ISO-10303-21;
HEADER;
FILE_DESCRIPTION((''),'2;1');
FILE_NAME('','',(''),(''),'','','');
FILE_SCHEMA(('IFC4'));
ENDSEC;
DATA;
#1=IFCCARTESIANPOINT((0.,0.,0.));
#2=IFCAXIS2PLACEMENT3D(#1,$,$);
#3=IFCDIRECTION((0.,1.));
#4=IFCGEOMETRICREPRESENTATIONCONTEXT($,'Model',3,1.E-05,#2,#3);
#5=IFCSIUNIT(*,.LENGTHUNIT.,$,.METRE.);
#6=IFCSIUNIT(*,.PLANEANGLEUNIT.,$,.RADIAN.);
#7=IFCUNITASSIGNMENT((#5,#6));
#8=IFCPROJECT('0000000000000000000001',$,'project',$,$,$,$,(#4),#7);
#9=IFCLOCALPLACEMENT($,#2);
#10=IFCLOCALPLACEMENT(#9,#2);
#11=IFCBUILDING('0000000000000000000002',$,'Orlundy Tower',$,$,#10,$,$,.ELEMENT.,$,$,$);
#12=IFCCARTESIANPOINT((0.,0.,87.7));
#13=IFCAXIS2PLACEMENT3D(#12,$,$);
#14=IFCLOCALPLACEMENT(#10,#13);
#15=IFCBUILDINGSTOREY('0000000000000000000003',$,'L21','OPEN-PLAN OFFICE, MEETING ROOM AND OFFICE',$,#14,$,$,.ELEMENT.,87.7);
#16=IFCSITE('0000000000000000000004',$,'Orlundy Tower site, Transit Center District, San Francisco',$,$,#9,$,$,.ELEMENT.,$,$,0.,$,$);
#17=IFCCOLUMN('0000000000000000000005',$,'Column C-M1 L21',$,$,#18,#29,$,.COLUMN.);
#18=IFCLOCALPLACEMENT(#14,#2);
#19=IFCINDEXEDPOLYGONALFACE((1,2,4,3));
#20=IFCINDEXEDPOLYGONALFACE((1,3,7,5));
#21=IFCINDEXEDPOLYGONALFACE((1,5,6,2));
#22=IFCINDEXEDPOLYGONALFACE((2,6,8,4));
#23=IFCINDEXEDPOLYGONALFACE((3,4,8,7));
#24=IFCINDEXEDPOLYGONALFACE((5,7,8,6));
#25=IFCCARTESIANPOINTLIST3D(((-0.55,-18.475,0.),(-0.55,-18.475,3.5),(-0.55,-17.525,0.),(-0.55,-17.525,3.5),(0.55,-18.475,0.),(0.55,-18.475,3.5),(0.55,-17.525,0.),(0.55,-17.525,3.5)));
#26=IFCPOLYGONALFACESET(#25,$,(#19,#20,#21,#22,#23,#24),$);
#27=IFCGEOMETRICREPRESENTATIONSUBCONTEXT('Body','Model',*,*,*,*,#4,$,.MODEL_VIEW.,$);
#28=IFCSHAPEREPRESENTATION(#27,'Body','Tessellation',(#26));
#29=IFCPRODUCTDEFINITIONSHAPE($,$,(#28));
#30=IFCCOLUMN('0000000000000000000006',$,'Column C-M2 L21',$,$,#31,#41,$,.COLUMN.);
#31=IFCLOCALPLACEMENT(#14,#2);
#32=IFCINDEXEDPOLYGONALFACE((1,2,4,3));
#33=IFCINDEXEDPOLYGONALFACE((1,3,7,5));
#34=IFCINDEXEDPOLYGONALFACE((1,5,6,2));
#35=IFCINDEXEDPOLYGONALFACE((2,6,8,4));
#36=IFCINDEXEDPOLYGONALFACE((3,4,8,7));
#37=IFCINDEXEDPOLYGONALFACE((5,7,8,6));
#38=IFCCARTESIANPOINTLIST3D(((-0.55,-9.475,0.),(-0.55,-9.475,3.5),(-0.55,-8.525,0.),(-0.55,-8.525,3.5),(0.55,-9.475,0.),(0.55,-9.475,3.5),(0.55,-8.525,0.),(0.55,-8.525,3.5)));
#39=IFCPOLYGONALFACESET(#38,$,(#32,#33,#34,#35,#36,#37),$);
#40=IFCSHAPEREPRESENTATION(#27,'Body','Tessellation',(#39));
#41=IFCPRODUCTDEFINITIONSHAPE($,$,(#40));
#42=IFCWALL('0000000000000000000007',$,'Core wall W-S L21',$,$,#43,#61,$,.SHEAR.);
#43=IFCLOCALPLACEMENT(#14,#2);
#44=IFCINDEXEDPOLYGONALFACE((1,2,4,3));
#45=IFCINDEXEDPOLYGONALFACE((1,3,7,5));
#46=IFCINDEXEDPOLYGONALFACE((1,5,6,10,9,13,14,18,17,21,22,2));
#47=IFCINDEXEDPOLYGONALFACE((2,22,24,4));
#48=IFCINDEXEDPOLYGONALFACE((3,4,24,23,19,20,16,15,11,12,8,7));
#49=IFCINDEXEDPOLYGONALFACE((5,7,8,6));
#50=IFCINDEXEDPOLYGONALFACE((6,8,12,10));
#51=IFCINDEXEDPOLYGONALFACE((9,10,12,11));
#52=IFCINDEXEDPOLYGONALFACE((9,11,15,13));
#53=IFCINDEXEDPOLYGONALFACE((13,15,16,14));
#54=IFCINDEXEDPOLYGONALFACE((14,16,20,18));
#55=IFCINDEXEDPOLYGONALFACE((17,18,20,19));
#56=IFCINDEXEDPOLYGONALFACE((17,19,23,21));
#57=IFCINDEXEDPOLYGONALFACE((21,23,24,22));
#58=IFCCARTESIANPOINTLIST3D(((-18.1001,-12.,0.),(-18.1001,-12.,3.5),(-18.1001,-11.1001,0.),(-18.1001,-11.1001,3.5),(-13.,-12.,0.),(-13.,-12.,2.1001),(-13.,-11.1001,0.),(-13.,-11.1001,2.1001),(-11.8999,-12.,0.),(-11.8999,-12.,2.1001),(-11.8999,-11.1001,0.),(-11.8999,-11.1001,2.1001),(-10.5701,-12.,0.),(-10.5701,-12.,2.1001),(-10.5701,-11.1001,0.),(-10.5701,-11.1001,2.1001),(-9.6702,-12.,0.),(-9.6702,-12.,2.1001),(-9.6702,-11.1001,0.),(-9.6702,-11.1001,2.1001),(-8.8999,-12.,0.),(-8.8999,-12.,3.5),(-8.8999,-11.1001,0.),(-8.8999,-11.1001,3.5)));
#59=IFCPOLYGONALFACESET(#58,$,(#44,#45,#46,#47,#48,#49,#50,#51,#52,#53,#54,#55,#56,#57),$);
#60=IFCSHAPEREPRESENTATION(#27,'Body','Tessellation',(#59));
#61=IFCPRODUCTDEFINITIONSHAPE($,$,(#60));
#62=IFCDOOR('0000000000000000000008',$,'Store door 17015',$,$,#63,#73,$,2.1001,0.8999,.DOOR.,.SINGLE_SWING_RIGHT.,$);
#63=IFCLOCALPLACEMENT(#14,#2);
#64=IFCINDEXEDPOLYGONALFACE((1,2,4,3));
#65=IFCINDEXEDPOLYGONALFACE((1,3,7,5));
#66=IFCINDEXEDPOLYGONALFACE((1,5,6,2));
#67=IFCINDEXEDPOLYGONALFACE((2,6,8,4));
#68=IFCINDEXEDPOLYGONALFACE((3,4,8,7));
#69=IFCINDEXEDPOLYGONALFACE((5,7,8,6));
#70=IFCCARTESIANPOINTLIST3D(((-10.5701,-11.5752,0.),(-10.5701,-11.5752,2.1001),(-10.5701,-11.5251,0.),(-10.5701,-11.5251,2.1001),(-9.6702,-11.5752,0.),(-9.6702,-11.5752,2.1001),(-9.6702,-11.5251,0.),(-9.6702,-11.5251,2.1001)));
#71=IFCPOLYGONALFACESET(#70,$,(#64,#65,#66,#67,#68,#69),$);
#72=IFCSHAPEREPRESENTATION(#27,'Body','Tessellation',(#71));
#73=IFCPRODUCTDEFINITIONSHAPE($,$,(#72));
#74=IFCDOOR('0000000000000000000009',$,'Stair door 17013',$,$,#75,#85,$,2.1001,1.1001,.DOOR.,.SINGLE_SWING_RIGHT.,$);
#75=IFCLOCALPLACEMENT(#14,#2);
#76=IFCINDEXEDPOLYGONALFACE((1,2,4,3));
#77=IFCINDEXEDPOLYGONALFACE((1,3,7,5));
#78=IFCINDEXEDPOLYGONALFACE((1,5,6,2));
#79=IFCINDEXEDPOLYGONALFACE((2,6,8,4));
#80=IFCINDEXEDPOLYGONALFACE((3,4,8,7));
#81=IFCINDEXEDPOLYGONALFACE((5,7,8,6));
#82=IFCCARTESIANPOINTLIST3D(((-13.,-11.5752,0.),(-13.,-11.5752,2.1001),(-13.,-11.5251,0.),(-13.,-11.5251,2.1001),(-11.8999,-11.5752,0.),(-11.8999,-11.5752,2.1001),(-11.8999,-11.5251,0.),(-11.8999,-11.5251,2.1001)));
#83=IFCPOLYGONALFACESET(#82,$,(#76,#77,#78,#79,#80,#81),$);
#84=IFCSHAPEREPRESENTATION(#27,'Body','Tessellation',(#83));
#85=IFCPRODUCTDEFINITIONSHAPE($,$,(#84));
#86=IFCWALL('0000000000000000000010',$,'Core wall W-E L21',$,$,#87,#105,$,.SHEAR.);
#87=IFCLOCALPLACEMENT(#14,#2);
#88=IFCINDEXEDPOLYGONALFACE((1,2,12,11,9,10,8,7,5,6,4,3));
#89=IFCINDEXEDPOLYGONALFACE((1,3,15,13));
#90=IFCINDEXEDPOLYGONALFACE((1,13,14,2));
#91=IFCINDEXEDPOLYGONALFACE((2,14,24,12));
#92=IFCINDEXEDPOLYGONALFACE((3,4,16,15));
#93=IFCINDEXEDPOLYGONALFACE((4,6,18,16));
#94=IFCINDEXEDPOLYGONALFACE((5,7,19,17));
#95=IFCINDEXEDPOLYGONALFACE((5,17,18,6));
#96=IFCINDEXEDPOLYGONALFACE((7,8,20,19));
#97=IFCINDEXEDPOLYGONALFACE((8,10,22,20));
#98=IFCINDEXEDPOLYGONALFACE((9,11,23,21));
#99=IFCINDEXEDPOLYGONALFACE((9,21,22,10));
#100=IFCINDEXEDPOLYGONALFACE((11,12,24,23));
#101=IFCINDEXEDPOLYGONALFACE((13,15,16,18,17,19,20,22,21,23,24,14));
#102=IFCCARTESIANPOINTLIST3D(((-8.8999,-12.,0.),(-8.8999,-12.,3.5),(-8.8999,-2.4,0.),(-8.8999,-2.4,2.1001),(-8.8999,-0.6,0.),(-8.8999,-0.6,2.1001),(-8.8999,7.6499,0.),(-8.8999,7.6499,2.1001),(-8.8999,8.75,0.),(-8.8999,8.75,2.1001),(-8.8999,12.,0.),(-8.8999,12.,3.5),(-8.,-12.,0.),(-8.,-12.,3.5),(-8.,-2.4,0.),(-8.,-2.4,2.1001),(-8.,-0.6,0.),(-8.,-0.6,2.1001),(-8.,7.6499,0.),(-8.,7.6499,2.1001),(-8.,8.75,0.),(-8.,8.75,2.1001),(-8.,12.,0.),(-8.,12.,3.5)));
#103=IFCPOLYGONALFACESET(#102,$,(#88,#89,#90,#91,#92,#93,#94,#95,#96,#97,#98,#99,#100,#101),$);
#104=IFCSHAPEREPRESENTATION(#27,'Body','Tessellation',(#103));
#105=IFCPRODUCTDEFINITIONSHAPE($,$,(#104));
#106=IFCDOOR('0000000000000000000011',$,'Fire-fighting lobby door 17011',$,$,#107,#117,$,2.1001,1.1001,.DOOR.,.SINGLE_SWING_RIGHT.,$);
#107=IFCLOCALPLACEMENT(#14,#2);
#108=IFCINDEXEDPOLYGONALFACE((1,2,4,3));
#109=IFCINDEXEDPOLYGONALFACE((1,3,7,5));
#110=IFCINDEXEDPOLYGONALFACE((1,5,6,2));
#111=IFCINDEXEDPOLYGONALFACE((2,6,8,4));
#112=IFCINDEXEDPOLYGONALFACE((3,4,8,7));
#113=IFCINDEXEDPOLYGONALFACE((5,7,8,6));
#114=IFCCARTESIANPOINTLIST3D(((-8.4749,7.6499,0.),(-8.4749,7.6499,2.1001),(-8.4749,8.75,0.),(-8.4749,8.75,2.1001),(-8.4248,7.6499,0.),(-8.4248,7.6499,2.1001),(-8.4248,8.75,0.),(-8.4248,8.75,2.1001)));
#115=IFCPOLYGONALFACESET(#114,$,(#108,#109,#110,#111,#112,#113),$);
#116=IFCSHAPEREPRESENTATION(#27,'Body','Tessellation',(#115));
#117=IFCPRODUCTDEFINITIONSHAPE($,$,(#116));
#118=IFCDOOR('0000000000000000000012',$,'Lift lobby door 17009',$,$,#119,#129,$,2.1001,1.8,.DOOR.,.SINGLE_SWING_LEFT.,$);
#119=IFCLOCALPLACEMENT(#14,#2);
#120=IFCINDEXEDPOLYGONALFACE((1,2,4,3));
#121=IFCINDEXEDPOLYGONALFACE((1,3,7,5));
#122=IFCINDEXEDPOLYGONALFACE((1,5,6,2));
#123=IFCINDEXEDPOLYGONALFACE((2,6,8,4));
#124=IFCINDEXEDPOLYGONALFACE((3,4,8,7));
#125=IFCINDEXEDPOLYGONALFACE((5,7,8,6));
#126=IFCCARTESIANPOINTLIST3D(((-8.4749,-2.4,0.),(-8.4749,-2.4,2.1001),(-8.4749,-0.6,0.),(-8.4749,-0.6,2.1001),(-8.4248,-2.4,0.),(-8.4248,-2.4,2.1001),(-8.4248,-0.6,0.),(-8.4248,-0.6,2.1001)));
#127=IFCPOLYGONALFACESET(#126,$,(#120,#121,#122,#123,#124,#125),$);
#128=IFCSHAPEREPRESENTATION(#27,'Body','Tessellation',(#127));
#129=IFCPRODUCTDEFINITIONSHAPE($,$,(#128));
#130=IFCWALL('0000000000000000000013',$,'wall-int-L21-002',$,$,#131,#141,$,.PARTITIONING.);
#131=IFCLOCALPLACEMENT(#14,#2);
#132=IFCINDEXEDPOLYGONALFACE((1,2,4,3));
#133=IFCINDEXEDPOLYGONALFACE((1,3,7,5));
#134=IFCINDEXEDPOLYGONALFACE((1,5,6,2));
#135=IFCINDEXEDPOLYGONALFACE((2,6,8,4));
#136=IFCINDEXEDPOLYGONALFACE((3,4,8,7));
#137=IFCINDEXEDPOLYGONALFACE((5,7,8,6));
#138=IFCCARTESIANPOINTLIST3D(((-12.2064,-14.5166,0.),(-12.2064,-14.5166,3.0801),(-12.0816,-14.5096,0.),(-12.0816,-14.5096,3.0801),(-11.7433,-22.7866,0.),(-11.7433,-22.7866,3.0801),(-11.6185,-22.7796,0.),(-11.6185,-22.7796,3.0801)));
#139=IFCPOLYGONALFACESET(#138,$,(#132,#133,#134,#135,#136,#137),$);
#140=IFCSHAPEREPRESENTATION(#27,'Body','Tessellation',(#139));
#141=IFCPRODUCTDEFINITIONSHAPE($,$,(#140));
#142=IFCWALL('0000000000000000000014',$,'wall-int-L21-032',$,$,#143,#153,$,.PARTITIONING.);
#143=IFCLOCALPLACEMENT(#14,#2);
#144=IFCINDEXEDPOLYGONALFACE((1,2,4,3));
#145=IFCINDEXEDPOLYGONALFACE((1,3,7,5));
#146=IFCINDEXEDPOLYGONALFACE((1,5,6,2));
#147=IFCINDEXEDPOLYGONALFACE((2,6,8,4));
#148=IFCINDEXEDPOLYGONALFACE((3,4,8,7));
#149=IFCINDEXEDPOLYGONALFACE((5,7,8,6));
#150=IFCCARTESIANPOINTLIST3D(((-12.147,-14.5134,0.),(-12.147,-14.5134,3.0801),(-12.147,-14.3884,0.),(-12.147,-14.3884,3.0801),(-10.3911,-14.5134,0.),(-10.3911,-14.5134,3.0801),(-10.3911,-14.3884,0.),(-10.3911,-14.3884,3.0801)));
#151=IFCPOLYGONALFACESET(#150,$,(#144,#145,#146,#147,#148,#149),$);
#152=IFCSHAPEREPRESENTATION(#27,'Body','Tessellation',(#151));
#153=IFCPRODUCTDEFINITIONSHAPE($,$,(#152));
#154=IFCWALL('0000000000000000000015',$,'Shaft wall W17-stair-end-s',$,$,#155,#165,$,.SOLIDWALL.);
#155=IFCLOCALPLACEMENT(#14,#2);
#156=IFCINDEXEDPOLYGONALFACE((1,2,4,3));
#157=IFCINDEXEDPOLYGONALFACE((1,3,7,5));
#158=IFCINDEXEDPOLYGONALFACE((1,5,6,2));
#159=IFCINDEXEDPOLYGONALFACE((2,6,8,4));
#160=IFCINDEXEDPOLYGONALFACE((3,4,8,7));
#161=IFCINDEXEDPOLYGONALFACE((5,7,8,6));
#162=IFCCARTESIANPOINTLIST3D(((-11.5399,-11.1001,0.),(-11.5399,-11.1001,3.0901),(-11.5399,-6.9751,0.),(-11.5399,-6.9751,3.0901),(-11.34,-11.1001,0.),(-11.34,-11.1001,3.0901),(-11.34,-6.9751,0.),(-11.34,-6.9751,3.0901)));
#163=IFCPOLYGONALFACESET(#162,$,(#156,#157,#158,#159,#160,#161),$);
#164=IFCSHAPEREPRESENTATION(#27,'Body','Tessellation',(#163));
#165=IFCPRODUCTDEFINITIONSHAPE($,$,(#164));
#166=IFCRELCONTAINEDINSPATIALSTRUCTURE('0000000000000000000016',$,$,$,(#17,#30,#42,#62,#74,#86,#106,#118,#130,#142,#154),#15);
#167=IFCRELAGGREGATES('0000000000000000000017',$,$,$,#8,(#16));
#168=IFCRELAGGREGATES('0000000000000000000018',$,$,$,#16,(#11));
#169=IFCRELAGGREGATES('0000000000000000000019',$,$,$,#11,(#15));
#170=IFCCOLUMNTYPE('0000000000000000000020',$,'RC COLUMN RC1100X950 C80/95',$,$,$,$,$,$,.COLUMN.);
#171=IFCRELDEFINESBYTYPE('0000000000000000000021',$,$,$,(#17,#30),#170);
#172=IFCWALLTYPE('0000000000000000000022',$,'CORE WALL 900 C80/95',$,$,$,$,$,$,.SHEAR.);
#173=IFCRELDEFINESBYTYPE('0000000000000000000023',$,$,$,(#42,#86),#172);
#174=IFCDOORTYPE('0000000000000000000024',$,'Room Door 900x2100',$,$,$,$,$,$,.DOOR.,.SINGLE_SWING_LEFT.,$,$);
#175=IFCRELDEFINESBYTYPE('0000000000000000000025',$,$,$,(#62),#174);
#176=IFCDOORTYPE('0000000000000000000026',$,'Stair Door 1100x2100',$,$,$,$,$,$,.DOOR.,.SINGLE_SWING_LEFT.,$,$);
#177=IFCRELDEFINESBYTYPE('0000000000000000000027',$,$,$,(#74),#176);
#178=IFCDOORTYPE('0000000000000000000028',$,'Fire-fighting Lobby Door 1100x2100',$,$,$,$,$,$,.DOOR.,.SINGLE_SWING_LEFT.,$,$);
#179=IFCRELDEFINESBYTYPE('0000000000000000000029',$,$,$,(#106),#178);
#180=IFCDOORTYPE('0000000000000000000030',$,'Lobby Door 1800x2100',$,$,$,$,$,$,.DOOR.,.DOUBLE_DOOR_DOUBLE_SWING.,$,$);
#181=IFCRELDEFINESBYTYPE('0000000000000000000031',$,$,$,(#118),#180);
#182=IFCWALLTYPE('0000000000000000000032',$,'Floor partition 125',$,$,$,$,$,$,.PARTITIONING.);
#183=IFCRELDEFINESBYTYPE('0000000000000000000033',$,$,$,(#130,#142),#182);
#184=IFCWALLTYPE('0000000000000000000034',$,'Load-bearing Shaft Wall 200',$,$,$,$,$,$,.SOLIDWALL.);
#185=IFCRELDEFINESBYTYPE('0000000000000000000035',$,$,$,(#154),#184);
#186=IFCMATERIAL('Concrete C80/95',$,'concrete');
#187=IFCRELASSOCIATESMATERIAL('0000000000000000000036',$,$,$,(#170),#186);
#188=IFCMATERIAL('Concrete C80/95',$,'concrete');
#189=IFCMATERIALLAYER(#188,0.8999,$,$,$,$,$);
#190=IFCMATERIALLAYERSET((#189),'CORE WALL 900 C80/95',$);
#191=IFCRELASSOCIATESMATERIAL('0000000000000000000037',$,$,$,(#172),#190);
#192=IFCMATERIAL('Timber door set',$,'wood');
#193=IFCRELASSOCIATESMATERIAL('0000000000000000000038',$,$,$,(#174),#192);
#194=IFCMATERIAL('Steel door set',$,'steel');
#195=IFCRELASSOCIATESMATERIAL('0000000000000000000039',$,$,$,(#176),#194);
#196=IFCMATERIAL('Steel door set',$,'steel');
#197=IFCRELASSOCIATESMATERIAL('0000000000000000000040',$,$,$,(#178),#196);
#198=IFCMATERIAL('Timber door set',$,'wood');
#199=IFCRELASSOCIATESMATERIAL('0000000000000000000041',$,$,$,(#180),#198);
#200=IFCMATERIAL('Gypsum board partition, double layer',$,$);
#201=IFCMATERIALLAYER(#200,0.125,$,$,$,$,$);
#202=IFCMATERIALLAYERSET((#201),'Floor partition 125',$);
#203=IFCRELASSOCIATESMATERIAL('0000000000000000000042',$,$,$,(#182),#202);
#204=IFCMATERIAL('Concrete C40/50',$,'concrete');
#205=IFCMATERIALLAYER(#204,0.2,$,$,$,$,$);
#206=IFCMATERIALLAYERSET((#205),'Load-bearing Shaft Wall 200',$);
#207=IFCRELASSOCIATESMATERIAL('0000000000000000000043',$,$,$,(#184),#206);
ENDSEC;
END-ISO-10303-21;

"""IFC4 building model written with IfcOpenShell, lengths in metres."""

from ifc_helpers import new_model, si_unit, direction, frame, frame_2d, origin, origin_2d, place, context, subcontext, project, spatial, rectangle, extrude, material, layer, layer_set, material_profile, profile_set, type_object, element, fill, save


model = new_model("IFC4")

# Units and contexts
model_context = context("Model", 3, precision=1e-05, world=origin(), true_north=direction((0.0, 1.0)))
body_context = subcontext(model_context, "Body", "Model", "MODEL_VIEW")
ifc_project = project(units=[si_unit("LENGTHUNIT", "METRE"), si_unit("PLANEANGLEUNIT", "RADIAN")], contexts=[model_context])

# Site, building, storey
site_placement = place(None, origin())
site = spatial("IfcSite", under=ifc_project, at=site_placement, Name="Orlundy Tower site, Transit Center District, San Francisco", CompositionType="ELEMENT", RefElevation=0.0)
building_placement = place(site_placement, origin())
building = spatial("IfcBuilding", under=site, at=building_placement, Name="Orlundy Tower", CompositionType="ELEMENT")
storey_placement = place(building_placement, frame((0.0, 0.0, 87.7)))
storey = spatial("IfcBuildingStorey", under=building, at=storey_placement, Name="L21", Description="OPEN-PLAN OFFICE, MEETING ROOM AND OFFICE", CompositionType="ELEMENT", Elevation=87.7)

# Columns
ifc_material_1 = material(Name="Concrete C80/95", Category="concrete")
ifc_material_profile = material_profile(ifc_material_1, rectangle(XDim=1.1001, YDim=0.95, at=origin_2d()), Name="RC1100X950")
ifc_profile_set = profile_set([ifc_material_profile], Name="Concrete C80/95")
column_type = type_object("IfcColumnType", Name="RC COLUMN RC1100X950 C80/95", PredefinedType="COLUMN", material=ifc_profile_set)
for number, where, z_axis, x_axis, name in (
    (1, (0.0, -18.0, 0.0), (0.0, 0.0, 1.0), (1.0, 0.0, 0.0), "Column C-M1 L21"),
    (2, (0.0, -9.0, 0.0), (0.0, 0.0, 1.0), (1.0, 0.0, 0.0), "Column C-M2 L21"),
):
    element("IfcColumn", number, at=place(storey_placement, frame(where, z_axis=z_axis, x_axis=x_axis)), inside=storey, type_object=column_type, Name=name, PredefinedType="COLUMN", context=body_context, shape_type="SweptSolid", body=[
        extrude(rectangle(XDim=1.1001, YDim=0.95, at=origin_2d()), origin(), (0.0, 0.0, 1.0), 3.5),
    ])

# Walls, openings, doors
ifc_material_2 = material(Name="Concrete C80/95", Category="concrete")
ifc_layer_1 = layer(ifc_material_2, 0.8999)
ifc_layer_set_1 = layer_set([ifc_layer_1], Name="CORE WALL 900 C80/95")
wall_type_1 = type_object("IfcWallType", Name="CORE WALL 900 C80/95", PredefinedType="SHEAR", material=ifc_layer_set_1)
wall_1_placement = place(storey_placement, frame((-18.1001, -11.55, 0.0), z_axis=(0.0, 0.0, 1.0), x_axis=(1.0, 0.0, 0.0)))
wall_1 = element("IfcWall", 3, at=wall_1_placement, inside=storey, type_object=wall_type_1, Name="Core wall W-S L21", PredefinedType="SHEAR", context=body_context, shape_type="SweptSolid", body=[
    extrude(rectangle(XDim=9.2002, YDim=0.8999, at=frame_2d((4.6001, 0.0))), origin(), (0.0, 0.0, 1.0), 3.5),
])
opening_1_placement = place(wall_1_placement, frame((5.1001, 0.0, 0.0)))
opening_1 = element("IfcOpeningElement", 4, at=opening_1_placement, cuts=wall_1, PredefinedType="OPENING", context=body_context, shape_type="SweptSolid", body=[
    extrude(rectangle(XDim=1.1001, YDim=2.1001, at=frame_2d((0.55, 1.05))), frame((0.0, 0.46, 0.0), z_axis=(0.0, -1.0, 0.0), x_axis=(1.0, 0.0, 0.0)), (0.0, 0.0, 1.0), 0.9199),
])
opening_2_placement = place(wall_1_placement, frame((7.53, 0.0, 0.0)))
opening_2 = element("IfcOpeningElement", 5, at=opening_2_placement, cuts=wall_1, PredefinedType="OPENING", context=body_context, shape_type="SweptSolid", body=[
    extrude(rectangle(XDim=0.8999, YDim=2.1001, at=frame_2d((0.45, 1.05))), frame((0.0, 0.46, 0.0), z_axis=(0.0, -1.0, 0.0), x_axis=(1.0, 0.0, 0.0)), (0.0, 0.0, 1.0), 0.9199),
])
ifc_material_3 = material(Name="Timber door set", Category="wood")
door_type_1 = type_object("IfcDoorType", Name="Room Door 900x2100", OperationType="SINGLE_SWING_LEFT", PredefinedType="DOOR", material=ifc_material_3)
door_1_placement = place(opening_2_placement, origin())
door_1 = element("IfcDoor", 6, at=door_1_placement, inside=storey, type_object=door_type_1, Name="Store door 17015", OperationType="SINGLE_SWING_RIGHT", OverallHeight=2.1001, OverallWidth=0.8999, PredefinedType="DOOR", context=body_context, shape_type="SweptSolid", body=[
    extrude(rectangle(XDim=0.8999, YDim=2.1001, at=frame_2d((0.45, 1.05))), frame((0.0, 0.0249, 0.0), z_axis=(0.0, -1.0, 0.0), x_axis=(1.0, 0.0, 0.0)), (0.0, 0.0, 1.0), 0.05),
])
fill(opening_2, door_1)
ifc_material_4 = material(Name="Steel door set", Category="steel")
door_type_2 = type_object("IfcDoorType", Name="Stair Door 1100x2100", OperationType="SINGLE_SWING_LEFT", PredefinedType="DOOR", material=ifc_material_4)
door_2_placement = place(opening_1_placement, origin())
door_2 = element("IfcDoor", 7, at=door_2_placement, inside=storey, type_object=door_type_2, Name="Stair door 17013", OperationType="SINGLE_SWING_RIGHT", OverallHeight=2.1001, OverallWidth=1.1001, PredefinedType="DOOR", context=body_context, shape_type="SweptSolid", body=[
    extrude(rectangle(XDim=1.1001, YDim=2.1001, at=frame_2d((0.55, 1.05))), frame((0.0, 0.0249, 0.0), z_axis=(0.0, -1.0, 0.0), x_axis=(1.0, 0.0, 0.0)), (0.0, 0.0, 1.0), 0.05),
])
fill(opening_1, door_2)
wall_2_placement = place(storey_placement, frame((-8.45, -12.0, 0.0), z_axis=(0.0, 0.0, 1.0), x_axis=(0.0, 1.0, 0.0)))
wall_2 = element("IfcWall", 8, at=wall_2_placement, inside=storey, type_object=wall_type_1, Name="Core wall W-E L21", PredefinedType="SHEAR", context=body_context, shape_type="SweptSolid", body=[
    extrude(rectangle(XDim=24.0, YDim=0.8999, at=frame_2d((12.0, 0.0))), origin(), (0.0, 0.0, 1.0), 3.5),
])
opening_3_placement = place(wall_2_placement, frame((9.6001, 0.0, 0.0)))
opening_3 = element("IfcOpeningElement", 9, at=opening_3_placement, cuts=wall_2, PredefinedType="OPENING", context=body_context, shape_type="SweptSolid", body=[
    extrude(rectangle(XDim=1.8, YDim=2.1001, at=frame_2d((0.8999, 1.05))), frame((0.0, 0.46, 0.0), z_axis=(0.0, -1.0, 0.0), x_axis=(1.0, 0.0, 0.0)), (0.0, 0.0, 1.0), 0.9199),
])
opening_4_placement = place(wall_2_placement, frame((19.6499, 0.0, 0.0)))
opening_4 = element("IfcOpeningElement", 10, at=opening_4_placement, cuts=wall_2, PredefinedType="OPENING", context=body_context, shape_type="SweptSolid", body=[
    extrude(rectangle(XDim=1.1001, YDim=2.1001, at=frame_2d((0.55, 1.05))), frame((0.0, 0.46, 0.0), z_axis=(0.0, -1.0, 0.0), x_axis=(1.0, 0.0, 0.0)), (0.0, 0.0, 1.0), 0.9199),
])
ifc_material_5 = material(Name="Steel door set", Category="steel")
door_type_3 = type_object("IfcDoorType", Name="Fire-fighting Lobby Door 1100x2100", OperationType="SINGLE_SWING_LEFT", PredefinedType="DOOR", material=ifc_material_5)
door_3_placement = place(opening_4_placement, origin())
door_3 = element("IfcDoor", 11, at=door_3_placement, inside=storey, type_object=door_type_3, Name="Fire-fighting lobby door 17011", OperationType="SINGLE_SWING_RIGHT", OverallHeight=2.1001, OverallWidth=1.1001, PredefinedType="DOOR", context=body_context, shape_type="SweptSolid", body=[
    extrude(rectangle(XDim=1.1001, YDim=2.1001, at=frame_2d((0.55, 1.05))), frame((0.0, 0.0249, 0.0), z_axis=(0.0, -1.0, 0.0), x_axis=(1.0, 0.0, 0.0)), (0.0, 0.0, 1.0), 0.05),
])
fill(opening_4, door_3)
ifc_material_6 = material(Name="Timber door set", Category="wood")
door_type_4 = type_object("IfcDoorType", Name="Lobby Door 1800x2100", OperationType="DOUBLE_DOOR_DOUBLE_SWING", PredefinedType="DOOR", material=ifc_material_6)
door_4_placement = place(opening_3_placement, origin())
door_4 = element("IfcDoor", 12, at=door_4_placement, inside=storey, type_object=door_type_4, Name="Lift lobby door 17009", OperationType="SINGLE_SWING_LEFT", OverallHeight=2.1001, OverallWidth=1.8, PredefinedType="DOOR", context=body_context, shape_type="SweptSolid", body=[
    extrude(rectangle(XDim=1.8, YDim=2.1001, at=frame_2d((0.8999, 1.05))), frame((0.0, 0.0249, 0.0), z_axis=(0.0, -1.0, 0.0), x_axis=(1.0, 0.0, 0.0)), (0.0, 0.0, 1.0), 0.05),
])
fill(opening_3, door_4)

# Walls
ifc_material_7 = material(Name="Gypsum board partition, double layer")
ifc_layer_2 = layer(ifc_material_7, 0.125)
ifc_layer_set_2 = layer_set([ifc_layer_2], Name="Floor partition 125")
wall_type_2 = type_object("IfcWallType", Name="Floor partition 125", PredefinedType="PARTITIONING", material=ifc_layer_set_2)
wall_3_placement = place(storey_placement, frame((-12.144, -14.5129, 0.0), z_axis=(0.0, 0.0, 1.0), x_axis=(0.055914, -0.998436, 0.0)))
element("IfcWall", 13, at=wall_3_placement, inside=storey, type_object=wall_type_2, Name="wall-int-L21-002", PredefinedType="PARTITIONING", context=body_context, shape_type="SweptSolid", body=[
    extrude(rectangle(XDim=8.283, YDim=0.125, at=frame_2d((4.1416, 0.0))), origin(), (0.0, 0.0, 1.0), 3.0801),
])
wall_4_placement = place(storey_placement, frame((-12.147, -14.4509, 0.0), z_axis=(0.0, 0.0, 1.0), x_axis=(1.0, 0.0, 0.0)))
element("IfcWall", 14, at=wall_4_placement, inside=storey, type_object=wall_type_2, Name="wall-int-L21-032", PredefinedType="PARTITIONING", context=body_context, shape_type="SweptSolid", body=[
    extrude(rectangle(XDim=1.7559, YDim=0.125, at=frame_2d((0.8779, 0.0))), origin(), (0.0, 0.0, 1.0), 3.0801),
])
ifc_material_8 = material(Name="Concrete C40/50", Category="concrete")
ifc_layer_3 = layer(ifc_material_8, 0.2)
ifc_layer_set_3 = layer_set([ifc_layer_3], Name="Load-bearing Shaft Wall 200")
wall_type_3 = type_object("IfcWallType", Name="Load-bearing Shaft Wall 200", PredefinedType="SOLIDWALL", material=ifc_layer_set_3)
wall_5_placement = place(storey_placement, frame((-11.4399, -11.1001, 0.0), z_axis=(0.0, 0.0, 1.0), x_axis=(0.0, 1.0, 0.0)))
element("IfcWall", 15, at=wall_5_placement, inside=storey, type_object=wall_type_3, Name="Shaft wall W17-stair-end-s", PredefinedType="SOLIDWALL", context=body_context, shape_type="SweptSolid", body=[
    extrude(rectangle(XDim=4.125, YDim=0.2, at=frame_2d((2.0625, 0.0))), origin(), (0.0, 0.0, 1.0), 3.0901),
])

save(model, "model.ifc")
